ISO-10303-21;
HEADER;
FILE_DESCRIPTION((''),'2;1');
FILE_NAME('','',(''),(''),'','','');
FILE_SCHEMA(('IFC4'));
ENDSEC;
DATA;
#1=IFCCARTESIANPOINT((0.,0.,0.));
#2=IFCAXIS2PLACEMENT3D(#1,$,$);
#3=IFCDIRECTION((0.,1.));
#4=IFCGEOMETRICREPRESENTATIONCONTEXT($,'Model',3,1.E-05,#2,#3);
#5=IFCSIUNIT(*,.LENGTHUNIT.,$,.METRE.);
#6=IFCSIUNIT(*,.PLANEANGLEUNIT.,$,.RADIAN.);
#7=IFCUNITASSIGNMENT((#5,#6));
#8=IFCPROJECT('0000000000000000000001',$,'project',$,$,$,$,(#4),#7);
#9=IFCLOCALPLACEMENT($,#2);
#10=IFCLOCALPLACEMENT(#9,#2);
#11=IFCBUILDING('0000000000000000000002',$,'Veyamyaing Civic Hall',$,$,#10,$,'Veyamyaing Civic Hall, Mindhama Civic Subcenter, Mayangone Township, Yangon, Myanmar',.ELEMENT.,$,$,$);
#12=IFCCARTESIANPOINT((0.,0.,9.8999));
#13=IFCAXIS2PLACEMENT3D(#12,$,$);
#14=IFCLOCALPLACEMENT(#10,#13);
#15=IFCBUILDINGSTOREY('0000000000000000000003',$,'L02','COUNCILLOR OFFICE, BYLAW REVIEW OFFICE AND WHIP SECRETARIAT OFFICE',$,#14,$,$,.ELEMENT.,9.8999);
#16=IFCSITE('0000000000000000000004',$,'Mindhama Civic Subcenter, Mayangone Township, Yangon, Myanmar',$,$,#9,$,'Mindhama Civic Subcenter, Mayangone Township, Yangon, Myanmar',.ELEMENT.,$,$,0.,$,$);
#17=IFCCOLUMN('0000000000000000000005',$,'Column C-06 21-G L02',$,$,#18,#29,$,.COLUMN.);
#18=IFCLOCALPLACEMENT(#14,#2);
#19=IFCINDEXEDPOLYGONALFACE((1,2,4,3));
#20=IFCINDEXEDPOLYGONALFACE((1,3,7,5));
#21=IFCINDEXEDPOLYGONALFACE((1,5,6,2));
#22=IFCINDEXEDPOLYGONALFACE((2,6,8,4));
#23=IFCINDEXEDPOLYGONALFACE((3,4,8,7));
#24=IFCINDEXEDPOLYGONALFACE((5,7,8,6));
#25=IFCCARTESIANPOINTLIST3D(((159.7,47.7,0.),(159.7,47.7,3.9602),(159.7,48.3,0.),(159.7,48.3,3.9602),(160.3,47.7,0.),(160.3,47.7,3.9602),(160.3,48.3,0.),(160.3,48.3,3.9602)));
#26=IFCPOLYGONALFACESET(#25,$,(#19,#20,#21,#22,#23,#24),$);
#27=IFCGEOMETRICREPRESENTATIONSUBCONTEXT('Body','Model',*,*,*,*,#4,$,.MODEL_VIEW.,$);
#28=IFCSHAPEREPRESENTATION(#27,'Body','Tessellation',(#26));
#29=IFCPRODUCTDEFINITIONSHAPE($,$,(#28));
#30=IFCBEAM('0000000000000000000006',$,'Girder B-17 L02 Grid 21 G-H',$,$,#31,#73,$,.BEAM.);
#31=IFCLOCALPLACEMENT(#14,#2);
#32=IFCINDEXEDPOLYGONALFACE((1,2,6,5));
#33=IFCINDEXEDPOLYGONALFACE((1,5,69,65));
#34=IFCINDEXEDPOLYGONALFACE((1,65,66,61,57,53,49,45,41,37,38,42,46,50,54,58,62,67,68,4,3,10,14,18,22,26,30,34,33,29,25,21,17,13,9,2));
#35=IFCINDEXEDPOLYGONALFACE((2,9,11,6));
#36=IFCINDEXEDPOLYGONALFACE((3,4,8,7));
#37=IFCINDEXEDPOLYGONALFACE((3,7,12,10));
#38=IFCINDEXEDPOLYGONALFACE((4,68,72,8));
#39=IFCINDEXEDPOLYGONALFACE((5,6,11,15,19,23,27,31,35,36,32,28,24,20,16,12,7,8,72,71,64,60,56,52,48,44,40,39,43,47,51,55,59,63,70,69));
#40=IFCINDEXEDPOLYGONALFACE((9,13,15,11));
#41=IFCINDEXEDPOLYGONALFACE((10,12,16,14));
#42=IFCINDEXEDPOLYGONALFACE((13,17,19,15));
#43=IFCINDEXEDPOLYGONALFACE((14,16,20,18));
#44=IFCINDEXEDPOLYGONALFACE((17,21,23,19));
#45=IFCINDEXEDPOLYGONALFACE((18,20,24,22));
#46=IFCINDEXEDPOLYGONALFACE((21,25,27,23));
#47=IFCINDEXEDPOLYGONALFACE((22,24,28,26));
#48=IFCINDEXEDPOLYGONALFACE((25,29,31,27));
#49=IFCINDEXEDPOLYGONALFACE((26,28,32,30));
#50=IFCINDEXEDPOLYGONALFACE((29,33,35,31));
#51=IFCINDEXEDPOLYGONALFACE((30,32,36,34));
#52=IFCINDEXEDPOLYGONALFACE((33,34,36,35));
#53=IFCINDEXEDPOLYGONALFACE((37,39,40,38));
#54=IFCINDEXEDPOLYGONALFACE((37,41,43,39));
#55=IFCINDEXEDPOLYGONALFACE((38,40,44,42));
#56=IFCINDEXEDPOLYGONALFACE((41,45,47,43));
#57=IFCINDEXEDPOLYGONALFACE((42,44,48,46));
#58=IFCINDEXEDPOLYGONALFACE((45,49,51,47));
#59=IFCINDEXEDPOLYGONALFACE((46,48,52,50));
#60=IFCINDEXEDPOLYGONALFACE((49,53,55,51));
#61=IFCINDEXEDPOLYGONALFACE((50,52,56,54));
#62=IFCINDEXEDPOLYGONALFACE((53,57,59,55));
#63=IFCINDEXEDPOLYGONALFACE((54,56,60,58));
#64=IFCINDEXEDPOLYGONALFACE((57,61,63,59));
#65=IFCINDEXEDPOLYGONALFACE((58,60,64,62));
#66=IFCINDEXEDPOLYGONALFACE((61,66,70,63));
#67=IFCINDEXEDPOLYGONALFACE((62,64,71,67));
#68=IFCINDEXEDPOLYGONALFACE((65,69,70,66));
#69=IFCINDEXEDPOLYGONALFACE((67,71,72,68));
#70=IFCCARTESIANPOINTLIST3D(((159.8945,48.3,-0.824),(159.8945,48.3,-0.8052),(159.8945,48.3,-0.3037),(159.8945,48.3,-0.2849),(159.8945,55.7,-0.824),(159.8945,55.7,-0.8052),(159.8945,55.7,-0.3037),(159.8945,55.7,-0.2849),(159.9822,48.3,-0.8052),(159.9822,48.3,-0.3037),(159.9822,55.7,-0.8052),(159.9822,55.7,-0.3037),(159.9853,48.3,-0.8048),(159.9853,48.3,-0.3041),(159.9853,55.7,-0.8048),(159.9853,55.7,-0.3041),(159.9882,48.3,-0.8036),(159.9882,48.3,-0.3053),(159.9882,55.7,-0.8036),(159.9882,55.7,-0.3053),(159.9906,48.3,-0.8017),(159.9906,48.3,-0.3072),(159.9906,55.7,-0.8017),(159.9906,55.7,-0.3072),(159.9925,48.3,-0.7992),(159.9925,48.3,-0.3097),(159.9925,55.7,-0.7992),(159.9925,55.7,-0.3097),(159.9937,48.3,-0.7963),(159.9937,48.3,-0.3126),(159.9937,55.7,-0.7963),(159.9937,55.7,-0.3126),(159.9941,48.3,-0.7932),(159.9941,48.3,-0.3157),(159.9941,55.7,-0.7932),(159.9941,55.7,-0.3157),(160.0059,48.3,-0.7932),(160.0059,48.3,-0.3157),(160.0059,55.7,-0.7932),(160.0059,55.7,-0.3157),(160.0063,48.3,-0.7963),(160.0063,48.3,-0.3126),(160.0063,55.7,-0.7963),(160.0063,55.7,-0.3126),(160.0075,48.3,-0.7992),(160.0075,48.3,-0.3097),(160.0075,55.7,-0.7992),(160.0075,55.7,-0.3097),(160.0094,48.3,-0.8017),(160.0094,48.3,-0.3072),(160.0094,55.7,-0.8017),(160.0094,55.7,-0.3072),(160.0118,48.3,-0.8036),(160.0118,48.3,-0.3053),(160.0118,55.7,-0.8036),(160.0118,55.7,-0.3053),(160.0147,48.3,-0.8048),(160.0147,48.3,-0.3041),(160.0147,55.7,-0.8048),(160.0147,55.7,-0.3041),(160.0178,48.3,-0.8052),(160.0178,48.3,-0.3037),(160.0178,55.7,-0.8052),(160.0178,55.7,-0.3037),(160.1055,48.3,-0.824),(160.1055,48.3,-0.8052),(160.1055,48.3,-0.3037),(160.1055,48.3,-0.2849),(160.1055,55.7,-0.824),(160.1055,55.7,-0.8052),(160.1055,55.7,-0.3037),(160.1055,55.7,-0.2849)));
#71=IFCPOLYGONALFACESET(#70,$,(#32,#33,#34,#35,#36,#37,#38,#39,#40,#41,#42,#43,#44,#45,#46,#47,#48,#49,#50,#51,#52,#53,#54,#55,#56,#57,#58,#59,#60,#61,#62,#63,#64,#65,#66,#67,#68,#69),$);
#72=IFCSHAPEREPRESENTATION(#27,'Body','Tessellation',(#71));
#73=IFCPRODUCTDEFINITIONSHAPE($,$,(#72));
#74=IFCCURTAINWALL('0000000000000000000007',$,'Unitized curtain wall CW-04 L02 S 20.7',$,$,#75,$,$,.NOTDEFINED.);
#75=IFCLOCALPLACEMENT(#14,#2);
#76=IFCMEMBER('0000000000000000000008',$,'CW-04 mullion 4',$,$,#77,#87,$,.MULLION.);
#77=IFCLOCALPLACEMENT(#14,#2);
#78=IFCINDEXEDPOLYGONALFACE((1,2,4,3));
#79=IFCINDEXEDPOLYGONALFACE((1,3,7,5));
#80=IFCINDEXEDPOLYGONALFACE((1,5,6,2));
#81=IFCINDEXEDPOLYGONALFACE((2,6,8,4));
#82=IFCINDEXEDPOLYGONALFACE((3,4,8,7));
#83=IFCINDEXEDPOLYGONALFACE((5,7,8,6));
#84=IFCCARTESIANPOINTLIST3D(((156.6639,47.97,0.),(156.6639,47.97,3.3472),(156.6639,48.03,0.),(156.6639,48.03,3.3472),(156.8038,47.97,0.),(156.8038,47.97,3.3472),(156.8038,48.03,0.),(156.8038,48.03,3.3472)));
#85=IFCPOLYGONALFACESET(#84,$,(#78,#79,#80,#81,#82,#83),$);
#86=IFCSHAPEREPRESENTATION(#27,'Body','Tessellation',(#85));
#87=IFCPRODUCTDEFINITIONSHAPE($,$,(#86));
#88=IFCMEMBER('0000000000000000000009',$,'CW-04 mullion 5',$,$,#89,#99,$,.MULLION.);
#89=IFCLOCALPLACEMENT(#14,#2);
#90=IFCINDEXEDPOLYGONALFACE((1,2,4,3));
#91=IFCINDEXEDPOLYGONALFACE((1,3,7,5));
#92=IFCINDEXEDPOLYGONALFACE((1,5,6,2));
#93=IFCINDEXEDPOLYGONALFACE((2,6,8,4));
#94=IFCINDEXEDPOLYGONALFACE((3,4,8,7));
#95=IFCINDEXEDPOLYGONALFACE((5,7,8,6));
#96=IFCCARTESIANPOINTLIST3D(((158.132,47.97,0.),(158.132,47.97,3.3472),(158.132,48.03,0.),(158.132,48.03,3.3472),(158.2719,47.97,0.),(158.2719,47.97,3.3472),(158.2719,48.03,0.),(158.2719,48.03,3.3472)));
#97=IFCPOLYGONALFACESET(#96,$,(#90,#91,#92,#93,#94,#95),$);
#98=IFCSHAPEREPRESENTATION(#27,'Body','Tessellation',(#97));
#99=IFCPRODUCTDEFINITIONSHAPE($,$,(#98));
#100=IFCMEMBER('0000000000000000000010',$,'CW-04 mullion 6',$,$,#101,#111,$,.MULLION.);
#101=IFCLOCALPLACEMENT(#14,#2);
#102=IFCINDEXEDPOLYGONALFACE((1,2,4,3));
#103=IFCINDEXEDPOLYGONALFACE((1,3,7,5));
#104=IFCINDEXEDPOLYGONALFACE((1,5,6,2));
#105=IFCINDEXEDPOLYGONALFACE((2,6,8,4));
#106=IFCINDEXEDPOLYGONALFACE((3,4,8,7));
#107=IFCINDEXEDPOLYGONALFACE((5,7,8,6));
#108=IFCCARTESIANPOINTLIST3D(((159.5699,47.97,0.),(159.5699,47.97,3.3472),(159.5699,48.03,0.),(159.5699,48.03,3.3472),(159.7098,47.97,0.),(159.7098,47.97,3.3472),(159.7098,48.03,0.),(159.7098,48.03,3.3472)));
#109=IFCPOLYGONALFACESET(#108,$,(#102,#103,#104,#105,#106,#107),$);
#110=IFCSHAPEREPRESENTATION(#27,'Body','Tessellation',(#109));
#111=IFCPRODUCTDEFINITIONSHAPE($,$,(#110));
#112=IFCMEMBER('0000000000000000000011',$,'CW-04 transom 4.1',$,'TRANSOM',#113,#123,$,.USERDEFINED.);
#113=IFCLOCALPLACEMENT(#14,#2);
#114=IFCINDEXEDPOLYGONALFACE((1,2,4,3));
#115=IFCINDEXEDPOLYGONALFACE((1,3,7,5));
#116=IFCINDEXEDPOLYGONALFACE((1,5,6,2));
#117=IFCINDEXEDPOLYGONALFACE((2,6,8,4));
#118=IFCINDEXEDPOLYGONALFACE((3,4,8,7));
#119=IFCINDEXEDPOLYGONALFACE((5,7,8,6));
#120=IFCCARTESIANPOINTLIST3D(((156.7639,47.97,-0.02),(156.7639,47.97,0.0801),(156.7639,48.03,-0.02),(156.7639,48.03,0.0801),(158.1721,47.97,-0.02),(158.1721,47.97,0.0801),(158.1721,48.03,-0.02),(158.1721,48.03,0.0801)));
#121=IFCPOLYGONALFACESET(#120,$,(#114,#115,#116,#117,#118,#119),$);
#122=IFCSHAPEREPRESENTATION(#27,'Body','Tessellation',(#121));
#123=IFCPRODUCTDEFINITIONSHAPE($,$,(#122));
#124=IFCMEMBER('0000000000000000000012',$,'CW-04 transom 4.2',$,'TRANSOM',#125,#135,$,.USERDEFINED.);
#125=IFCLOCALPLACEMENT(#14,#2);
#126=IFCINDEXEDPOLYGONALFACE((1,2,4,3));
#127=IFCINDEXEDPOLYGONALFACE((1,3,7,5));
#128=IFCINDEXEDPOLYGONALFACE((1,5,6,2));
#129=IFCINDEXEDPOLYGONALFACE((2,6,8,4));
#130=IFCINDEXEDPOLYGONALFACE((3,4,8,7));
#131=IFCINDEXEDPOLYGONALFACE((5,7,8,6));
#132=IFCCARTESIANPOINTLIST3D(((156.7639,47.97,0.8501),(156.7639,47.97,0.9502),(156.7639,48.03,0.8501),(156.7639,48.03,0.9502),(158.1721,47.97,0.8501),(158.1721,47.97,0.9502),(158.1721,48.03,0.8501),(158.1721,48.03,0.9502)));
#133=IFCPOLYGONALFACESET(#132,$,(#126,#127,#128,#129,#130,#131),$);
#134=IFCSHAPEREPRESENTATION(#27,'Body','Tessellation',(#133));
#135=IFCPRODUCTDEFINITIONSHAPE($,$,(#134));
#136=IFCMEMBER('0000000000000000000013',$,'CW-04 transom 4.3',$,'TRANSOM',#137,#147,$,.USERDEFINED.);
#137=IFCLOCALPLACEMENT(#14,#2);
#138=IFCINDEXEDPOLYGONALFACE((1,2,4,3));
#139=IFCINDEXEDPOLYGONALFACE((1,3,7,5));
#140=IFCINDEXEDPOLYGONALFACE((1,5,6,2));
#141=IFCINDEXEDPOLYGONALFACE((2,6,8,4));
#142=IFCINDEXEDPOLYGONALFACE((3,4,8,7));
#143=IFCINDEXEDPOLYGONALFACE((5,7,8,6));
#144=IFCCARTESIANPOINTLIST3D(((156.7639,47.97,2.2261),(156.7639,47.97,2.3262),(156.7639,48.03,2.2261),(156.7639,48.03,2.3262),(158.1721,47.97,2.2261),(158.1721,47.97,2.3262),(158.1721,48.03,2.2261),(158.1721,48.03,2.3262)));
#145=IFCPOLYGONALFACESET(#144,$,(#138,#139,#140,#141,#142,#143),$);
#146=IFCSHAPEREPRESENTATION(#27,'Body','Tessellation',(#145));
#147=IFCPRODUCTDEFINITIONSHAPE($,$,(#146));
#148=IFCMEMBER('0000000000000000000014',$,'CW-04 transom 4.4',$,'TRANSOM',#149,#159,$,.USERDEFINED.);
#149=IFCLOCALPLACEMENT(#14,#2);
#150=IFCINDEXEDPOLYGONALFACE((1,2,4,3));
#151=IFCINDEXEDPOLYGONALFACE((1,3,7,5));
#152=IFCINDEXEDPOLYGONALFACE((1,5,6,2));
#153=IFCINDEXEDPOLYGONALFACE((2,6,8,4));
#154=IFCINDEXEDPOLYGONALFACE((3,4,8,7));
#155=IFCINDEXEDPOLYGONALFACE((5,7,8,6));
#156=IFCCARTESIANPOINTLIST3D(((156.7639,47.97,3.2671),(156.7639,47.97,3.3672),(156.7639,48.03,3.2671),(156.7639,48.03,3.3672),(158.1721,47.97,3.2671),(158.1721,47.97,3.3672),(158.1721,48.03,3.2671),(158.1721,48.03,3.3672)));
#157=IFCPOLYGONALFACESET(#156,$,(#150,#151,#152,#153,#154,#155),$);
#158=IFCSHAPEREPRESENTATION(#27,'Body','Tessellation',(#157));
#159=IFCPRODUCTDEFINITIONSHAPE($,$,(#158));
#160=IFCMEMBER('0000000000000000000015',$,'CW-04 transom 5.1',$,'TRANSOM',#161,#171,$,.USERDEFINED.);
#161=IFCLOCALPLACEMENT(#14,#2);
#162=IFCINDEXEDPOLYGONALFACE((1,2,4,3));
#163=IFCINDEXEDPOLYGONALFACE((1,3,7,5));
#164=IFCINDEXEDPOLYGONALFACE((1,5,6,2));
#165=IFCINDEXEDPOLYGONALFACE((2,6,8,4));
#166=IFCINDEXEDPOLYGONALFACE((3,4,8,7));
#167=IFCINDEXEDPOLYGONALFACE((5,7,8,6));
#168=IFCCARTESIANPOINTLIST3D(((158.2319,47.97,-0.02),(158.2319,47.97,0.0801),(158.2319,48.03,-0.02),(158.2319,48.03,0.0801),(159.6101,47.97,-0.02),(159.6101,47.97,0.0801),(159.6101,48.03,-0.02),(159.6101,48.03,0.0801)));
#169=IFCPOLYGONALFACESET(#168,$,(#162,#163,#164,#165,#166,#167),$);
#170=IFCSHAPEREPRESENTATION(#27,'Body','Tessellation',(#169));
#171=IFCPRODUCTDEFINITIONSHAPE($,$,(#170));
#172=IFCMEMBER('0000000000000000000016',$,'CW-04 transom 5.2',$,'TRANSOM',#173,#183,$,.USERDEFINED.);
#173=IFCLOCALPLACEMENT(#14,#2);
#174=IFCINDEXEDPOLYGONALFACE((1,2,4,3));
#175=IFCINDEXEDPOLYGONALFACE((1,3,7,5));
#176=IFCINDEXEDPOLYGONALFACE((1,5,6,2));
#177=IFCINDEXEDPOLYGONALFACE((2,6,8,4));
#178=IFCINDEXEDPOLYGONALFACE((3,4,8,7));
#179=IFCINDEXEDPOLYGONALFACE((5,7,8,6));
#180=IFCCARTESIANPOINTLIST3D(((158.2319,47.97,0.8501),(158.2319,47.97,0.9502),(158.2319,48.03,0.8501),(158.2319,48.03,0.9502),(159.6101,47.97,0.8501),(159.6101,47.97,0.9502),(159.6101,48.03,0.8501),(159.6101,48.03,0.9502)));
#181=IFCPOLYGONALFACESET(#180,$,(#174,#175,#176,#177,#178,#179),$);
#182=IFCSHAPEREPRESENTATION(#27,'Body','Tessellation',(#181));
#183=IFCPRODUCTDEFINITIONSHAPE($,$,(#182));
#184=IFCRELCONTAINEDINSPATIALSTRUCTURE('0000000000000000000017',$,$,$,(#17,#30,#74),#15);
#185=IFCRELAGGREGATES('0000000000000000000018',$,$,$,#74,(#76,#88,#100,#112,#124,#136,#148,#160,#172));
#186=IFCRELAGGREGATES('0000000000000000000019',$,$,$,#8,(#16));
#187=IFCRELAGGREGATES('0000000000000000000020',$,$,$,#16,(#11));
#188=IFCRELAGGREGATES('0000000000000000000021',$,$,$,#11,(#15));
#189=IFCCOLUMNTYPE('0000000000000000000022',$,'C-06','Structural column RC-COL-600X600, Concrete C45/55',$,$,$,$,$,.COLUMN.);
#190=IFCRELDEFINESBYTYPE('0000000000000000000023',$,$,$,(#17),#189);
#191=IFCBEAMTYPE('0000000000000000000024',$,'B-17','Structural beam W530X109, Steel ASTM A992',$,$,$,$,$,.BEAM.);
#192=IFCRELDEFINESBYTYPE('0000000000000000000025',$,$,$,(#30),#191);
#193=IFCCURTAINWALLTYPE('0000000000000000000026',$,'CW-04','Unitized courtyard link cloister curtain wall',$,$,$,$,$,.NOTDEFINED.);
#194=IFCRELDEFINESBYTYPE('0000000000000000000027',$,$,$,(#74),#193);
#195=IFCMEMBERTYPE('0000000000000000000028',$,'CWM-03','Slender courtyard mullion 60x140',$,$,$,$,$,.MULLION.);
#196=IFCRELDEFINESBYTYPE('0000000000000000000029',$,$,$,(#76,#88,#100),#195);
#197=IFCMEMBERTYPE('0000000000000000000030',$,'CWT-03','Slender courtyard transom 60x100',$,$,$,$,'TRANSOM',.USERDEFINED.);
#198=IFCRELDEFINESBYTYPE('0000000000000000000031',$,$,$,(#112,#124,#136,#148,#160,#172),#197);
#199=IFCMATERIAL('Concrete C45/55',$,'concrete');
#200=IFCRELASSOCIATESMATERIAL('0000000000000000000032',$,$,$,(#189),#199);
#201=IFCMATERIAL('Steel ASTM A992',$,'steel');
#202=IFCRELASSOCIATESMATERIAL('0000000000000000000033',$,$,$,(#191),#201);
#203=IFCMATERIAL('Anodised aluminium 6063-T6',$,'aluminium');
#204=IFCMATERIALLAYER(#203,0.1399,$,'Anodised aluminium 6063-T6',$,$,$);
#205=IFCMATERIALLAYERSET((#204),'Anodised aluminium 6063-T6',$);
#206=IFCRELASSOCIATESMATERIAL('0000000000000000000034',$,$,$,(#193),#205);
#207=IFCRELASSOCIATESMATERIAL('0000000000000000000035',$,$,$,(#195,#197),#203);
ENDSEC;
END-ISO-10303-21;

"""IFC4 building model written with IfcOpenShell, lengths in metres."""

from ifc_helpers import new_model, si_unit, direction, frame, origin, origin_2d, place, context, subcontext, project, spatial, rectangle, i_section, extrude, material, layer, layer_set, material_profile, profile_set, type_object, element, aggregate, save


model = new_model("IFC4")

# Units and contexts
model_context = context("Model", 3, precision=1e-05, world=origin(), true_north=direction((0.0, 1.0)))
body_context = subcontext(model_context, "Body", "Model", "MODEL_VIEW")
ifc_project = project(units=[si_unit("LENGTHUNIT", "METRE"), si_unit("PLANEANGLEUNIT", "RADIAN")], contexts=[model_context])

# Site, building, storey
site_placement = place(None, origin())
site = spatial("IfcSite", under=ifc_project, at=site_placement, Name="Mindhama Civic Subcenter, Mayangone Township, Yangon, Myanmar", LongName="Mindhama Civic Subcenter, Mayangone Township, Yangon, Myanmar", CompositionType="ELEMENT", RefElevation=0.0)
building_placement = place(site_placement, origin())
building = spatial("IfcBuilding", under=site, at=building_placement, Name="Veyamyaing Civic Hall", LongName="Veyamyaing Civic Hall, Mindhama Civic Subcenter, Mayangone Township, Yangon, Myanmar", CompositionType="ELEMENT")
storey_placement = place(building_placement, frame((0.0, 0.0, 9.8999)))
storey = spatial("IfcBuildingStorey", under=building, at=storey_placement, Name="L02", Description="COUNCILLOR OFFICE, BYLAW REVIEW OFFICE AND WHIP SECRETARIAT OFFICE", CompositionType="ELEMENT", Elevation=9.8999)

# Column
ifc_material_1 = material(Name="Concrete C45/55", Category="concrete")
ifc_material_profile_1 = material_profile(ifc_material_1, rectangle(XDim=0.6001, YDim=0.6001, at=origin_2d()), Name="RC-COL-600X600")
ifc_profile_set_1 = profile_set([ifc_material_profile_1], Name="Concrete C45/55")
column_type = type_object("IfcColumnType", Name="C-06", Description="Structural column RC-COL-600X600, Concrete C45/55", PredefinedType="COLUMN", material=ifc_profile_set_1)
column_placement = place(storey_placement, frame((160.0, 48.0, 0.0), z_axis=(0.0, 0.0, 1.0), x_axis=(1.0, 0.0, 0.0)))
element("IfcColumn", 1, at=column_placement, inside=storey, type_object=column_type, Name="Column C-06 21-G L02", PredefinedType="COLUMN", context=body_context, shape_type="SweptSolid", body=[
    extrude(rectangle(XDim=0.6001, YDim=0.6001, at=origin_2d()), origin(), (0.0, 0.0, 1.0), 3.9602),
])

# Beam
ifc_material_2 = material(Name="Steel ASTM A992", Category="steel")
ifc_material_profile_2 = material_profile(ifc_material_2, i_section(OverallWidth=0.2109, OverallDepth=0.5391, WebThickness=0.0117, FlangeThickness=0.0188, FilletRadius=0.012, at=origin_2d()), Name="W530X109")
ifc_profile_set_2 = profile_set([ifc_material_profile_2], Name="Steel ASTM A992")
beam_type = type_object("IfcBeamType", Name="B-17", Description="Structural beam W530X109, Steel ASTM A992", PredefinedType="BEAM", material=ifc_profile_set_2)
beam_placement = place(storey_placement, frame((160.0, 48.3, -0.5544), z_axis=(0.0, 1.0, 0.0), x_axis=(-1.0, 0.0, 0.0)))
element("IfcBeam", 2, at=beam_placement, inside=storey, type_object=beam_type, Name="Girder B-17 L02 Grid 21 G-H", PredefinedType="BEAM", context=body_context, shape_type="SweptSolid", body=[
    extrude(i_section(OverallWidth=0.2109, OverallDepth=0.5391, WebThickness=0.0117, FlangeThickness=0.0188, FilletRadius=0.012, at=origin_2d()), origin(), (0.0, 0.0, 1.0), 7.3999),
])

# Curtain wall, members
ifc_material_3 = material(Name="Anodised aluminium 6063-T6", Category="aluminium")
ifc_layer_1 = layer(ifc_material_3, 0.1399, Name="Anodised aluminium 6063-T6")
ifc_layer_set_1 = layer_set([ifc_layer_1], Name="Anodised aluminium 6063-T6")
curtain_wall_type = type_object("IfcCurtainWallType", Name="CW-04", Description="Unitized courtyard link cloister curtain wall", PredefinedType="NOTDEFINED", material=ifc_layer_set_1)
curtain_wall_placement = place(storey_placement, origin())
curtain_wall = element("IfcCurtainWall", 3, at=curtain_wall_placement, inside=storey, type_object=curtain_wall_type, Name="Unitized curtain wall CW-04 L02 S 20.7", PredefinedType="NOTDEFINED")
ifc_material_profile_3 = material_profile(ifc_material_3, rectangle(XDim=0.0601, YDim=0.1399, at=origin_2d()), Name="ALU-MUL-60X140")
ifc_profile_set_3 = profile_set([ifc_material_profile_3], Name="Anodised aluminium 6063-T6")
member_type_1 = type_object("IfcMemberType", Name="CWM-03", Description="Slender courtyard mullion 60x140", PredefinedType="MULLION", material=ifc_profile_set_3)
member_1_placement = place(storey_placement, frame((156.7339, 48.0, 0.0), z_axis=(0.0, 0.0, 1.0), x_axis=(0.0, 1.0, 0.0)))
member_1 = element("IfcMember", 4, at=member_1_placement, type_object=member_type_1, Name="CW-04 mullion 4", PredefinedType="MULLION", context=body_context, shape_type="SweptSolid", body=[
    extrude(rectangle(XDim=0.0601, YDim=0.1399, at=origin_2d()), origin(), (0.0, 0.0, 1.0), 3.3472),
])
member_2_placement = place(storey_placement, frame((158.2019, 48.0, 0.0), z_axis=(0.0, 0.0, 1.0), x_axis=(0.0, 1.0, 0.0)))
member_2 = element("IfcMember", 5, at=member_2_placement, type_object=member_type_1, Name="CW-04 mullion 5", PredefinedType="MULLION", context=body_context, shape_type="SweptSolid", body=[
    extrude(rectangle(XDim=0.0601, YDim=0.1399, at=origin_2d()), origin(), (0.0, 0.0, 1.0), 3.3472),
])
member_3_placement = place(storey_placement, frame((159.6399, 48.0, 0.0), z_axis=(0.0, 0.0, 1.0), x_axis=(0.0, 1.0, 0.0)))
member_3 = element("IfcMember", 6, at=member_3_placement, type_object=member_type_1, Name="CW-04 mullion 6", PredefinedType="MULLION", context=body_context, shape_type="SweptSolid", body=[
    extrude(rectangle(XDim=0.0601, YDim=0.1399, at=origin_2d()), origin(), (0.0, 0.0, 1.0), 3.3472),
])
ifc_material_profile_4 = material_profile(ifc_material_3, rectangle(XDim=0.0601, YDim=0.1001, at=origin_2d()), Name="ALU-TRN-60X100")
ifc_profile_set_4 = profile_set([ifc_material_profile_4], Name="Anodised aluminium 6063-T6")
member_type_2 = type_object("IfcMemberType", Name="CWT-03", Description="Slender courtyard transom 60x100", ElementType="TRANSOM", PredefinedType="USERDEFINED", material=ifc_profile_set_4)
member_4_placement = place(storey_placement, frame((156.7639, 48.0, 0.03), z_axis=(1.0, 0.0, 0.0), x_axis=(0.0, 1.0, 0.0)))
member_4 = element("IfcMember", 7, at=member_4_placement, type_object=member_type_2, Name="CW-04 transom 4.1", ObjectType="TRANSOM", PredefinedType="USERDEFINED", context=body_context, shape_type="SweptSolid", body=[
    extrude(rectangle(XDim=0.0601, YDim=0.1001, at=origin_2d()), origin(), (0.0, 0.0, 1.0), 1.4082),
])
member_5_placement = place(storey_placement, frame((156.7639, 48.0, 0.9001), z_axis=(1.0, 0.0, 0.0), x_axis=(0.0, 1.0, 0.0)))
member_5 = element("IfcMember", 8, at=member_5_placement, type_object=member_type_2, Name="CW-04 transom 4.2", ObjectType="TRANSOM", PredefinedType="USERDEFINED", context=body_context, shape_type="SweptSolid", body=[
    extrude(rectangle(XDim=0.0601, YDim=0.1001, at=origin_2d()), origin(), (0.0, 0.0, 1.0), 1.4082),
])
member_6_placement = place(storey_placement, frame((156.7639, 48.0, 2.2761), z_axis=(1.0, 0.0, 0.0), x_axis=(0.0, 1.0, 0.0)))
member_6 = element("IfcMember", 9, at=member_6_placement, type_object=member_type_2, Name="CW-04 transom 4.3", ObjectType="TRANSOM", PredefinedType="USERDEFINED", context=body_context, shape_type="SweptSolid", body=[
    extrude(rectangle(XDim=0.0601, YDim=0.1001, at=origin_2d()), origin(), (0.0, 0.0, 1.0), 1.4082),
])
member_7_placement = place(storey_placement, frame((156.7639, 48.0, 3.3171), z_axis=(1.0, 0.0, 0.0), x_axis=(0.0, 1.0, 0.0)))
member_7 = element("IfcMember", 10, at=member_7_placement, type_object=member_type_2, Name="CW-04 transom 4.4", ObjectType="TRANSOM", PredefinedType="USERDEFINED", context=body_context, shape_type="SweptSolid", body=[
    extrude(rectangle(XDim=0.0601, YDim=0.1001, at=origin_2d()), origin(), (0.0, 0.0, 1.0), 1.4082),
])
member_8_placement = place(storey_placement, frame((158.2319, 48.0, 0.03), z_axis=(1.0, 0.0, 0.0), x_axis=(0.0, 1.0, 0.0)))
member_8 = element("IfcMember", 11, at=member_8_placement, type_object=member_type_2, Name="CW-04 transom 5.1", ObjectType="TRANSOM", PredefinedType="USERDEFINED", context=body_context, shape_type="SweptSolid", body=[
    extrude(rectangle(XDim=0.0601, YDim=0.1001, at=origin_2d()), origin(), (0.0, 0.0, 1.0), 1.3782),
])
member_9_placement = place(storey_placement, frame((158.2319, 48.0, 0.9001), z_axis=(1.0, 0.0, 0.0), x_axis=(0.0, 1.0, 0.0)))
member_9 = element("IfcMember", 12, at=member_9_placement, type_object=member_type_2, Name="CW-04 transom 5.2", ObjectType="TRANSOM", PredefinedType="USERDEFINED", context=body_context, shape_type="SweptSolid", body=[
    extrude(rectangle(XDim=0.0601, YDim=0.1001, at=origin_2d()), origin(), (0.0, 0.0, 1.0), 1.3782),
])
aggregate(curtain_wall, [member_1, member_2, member_3, member_4, member_5, member_6, member_7, member_8, member_9])

save(model, "model.ifc")
